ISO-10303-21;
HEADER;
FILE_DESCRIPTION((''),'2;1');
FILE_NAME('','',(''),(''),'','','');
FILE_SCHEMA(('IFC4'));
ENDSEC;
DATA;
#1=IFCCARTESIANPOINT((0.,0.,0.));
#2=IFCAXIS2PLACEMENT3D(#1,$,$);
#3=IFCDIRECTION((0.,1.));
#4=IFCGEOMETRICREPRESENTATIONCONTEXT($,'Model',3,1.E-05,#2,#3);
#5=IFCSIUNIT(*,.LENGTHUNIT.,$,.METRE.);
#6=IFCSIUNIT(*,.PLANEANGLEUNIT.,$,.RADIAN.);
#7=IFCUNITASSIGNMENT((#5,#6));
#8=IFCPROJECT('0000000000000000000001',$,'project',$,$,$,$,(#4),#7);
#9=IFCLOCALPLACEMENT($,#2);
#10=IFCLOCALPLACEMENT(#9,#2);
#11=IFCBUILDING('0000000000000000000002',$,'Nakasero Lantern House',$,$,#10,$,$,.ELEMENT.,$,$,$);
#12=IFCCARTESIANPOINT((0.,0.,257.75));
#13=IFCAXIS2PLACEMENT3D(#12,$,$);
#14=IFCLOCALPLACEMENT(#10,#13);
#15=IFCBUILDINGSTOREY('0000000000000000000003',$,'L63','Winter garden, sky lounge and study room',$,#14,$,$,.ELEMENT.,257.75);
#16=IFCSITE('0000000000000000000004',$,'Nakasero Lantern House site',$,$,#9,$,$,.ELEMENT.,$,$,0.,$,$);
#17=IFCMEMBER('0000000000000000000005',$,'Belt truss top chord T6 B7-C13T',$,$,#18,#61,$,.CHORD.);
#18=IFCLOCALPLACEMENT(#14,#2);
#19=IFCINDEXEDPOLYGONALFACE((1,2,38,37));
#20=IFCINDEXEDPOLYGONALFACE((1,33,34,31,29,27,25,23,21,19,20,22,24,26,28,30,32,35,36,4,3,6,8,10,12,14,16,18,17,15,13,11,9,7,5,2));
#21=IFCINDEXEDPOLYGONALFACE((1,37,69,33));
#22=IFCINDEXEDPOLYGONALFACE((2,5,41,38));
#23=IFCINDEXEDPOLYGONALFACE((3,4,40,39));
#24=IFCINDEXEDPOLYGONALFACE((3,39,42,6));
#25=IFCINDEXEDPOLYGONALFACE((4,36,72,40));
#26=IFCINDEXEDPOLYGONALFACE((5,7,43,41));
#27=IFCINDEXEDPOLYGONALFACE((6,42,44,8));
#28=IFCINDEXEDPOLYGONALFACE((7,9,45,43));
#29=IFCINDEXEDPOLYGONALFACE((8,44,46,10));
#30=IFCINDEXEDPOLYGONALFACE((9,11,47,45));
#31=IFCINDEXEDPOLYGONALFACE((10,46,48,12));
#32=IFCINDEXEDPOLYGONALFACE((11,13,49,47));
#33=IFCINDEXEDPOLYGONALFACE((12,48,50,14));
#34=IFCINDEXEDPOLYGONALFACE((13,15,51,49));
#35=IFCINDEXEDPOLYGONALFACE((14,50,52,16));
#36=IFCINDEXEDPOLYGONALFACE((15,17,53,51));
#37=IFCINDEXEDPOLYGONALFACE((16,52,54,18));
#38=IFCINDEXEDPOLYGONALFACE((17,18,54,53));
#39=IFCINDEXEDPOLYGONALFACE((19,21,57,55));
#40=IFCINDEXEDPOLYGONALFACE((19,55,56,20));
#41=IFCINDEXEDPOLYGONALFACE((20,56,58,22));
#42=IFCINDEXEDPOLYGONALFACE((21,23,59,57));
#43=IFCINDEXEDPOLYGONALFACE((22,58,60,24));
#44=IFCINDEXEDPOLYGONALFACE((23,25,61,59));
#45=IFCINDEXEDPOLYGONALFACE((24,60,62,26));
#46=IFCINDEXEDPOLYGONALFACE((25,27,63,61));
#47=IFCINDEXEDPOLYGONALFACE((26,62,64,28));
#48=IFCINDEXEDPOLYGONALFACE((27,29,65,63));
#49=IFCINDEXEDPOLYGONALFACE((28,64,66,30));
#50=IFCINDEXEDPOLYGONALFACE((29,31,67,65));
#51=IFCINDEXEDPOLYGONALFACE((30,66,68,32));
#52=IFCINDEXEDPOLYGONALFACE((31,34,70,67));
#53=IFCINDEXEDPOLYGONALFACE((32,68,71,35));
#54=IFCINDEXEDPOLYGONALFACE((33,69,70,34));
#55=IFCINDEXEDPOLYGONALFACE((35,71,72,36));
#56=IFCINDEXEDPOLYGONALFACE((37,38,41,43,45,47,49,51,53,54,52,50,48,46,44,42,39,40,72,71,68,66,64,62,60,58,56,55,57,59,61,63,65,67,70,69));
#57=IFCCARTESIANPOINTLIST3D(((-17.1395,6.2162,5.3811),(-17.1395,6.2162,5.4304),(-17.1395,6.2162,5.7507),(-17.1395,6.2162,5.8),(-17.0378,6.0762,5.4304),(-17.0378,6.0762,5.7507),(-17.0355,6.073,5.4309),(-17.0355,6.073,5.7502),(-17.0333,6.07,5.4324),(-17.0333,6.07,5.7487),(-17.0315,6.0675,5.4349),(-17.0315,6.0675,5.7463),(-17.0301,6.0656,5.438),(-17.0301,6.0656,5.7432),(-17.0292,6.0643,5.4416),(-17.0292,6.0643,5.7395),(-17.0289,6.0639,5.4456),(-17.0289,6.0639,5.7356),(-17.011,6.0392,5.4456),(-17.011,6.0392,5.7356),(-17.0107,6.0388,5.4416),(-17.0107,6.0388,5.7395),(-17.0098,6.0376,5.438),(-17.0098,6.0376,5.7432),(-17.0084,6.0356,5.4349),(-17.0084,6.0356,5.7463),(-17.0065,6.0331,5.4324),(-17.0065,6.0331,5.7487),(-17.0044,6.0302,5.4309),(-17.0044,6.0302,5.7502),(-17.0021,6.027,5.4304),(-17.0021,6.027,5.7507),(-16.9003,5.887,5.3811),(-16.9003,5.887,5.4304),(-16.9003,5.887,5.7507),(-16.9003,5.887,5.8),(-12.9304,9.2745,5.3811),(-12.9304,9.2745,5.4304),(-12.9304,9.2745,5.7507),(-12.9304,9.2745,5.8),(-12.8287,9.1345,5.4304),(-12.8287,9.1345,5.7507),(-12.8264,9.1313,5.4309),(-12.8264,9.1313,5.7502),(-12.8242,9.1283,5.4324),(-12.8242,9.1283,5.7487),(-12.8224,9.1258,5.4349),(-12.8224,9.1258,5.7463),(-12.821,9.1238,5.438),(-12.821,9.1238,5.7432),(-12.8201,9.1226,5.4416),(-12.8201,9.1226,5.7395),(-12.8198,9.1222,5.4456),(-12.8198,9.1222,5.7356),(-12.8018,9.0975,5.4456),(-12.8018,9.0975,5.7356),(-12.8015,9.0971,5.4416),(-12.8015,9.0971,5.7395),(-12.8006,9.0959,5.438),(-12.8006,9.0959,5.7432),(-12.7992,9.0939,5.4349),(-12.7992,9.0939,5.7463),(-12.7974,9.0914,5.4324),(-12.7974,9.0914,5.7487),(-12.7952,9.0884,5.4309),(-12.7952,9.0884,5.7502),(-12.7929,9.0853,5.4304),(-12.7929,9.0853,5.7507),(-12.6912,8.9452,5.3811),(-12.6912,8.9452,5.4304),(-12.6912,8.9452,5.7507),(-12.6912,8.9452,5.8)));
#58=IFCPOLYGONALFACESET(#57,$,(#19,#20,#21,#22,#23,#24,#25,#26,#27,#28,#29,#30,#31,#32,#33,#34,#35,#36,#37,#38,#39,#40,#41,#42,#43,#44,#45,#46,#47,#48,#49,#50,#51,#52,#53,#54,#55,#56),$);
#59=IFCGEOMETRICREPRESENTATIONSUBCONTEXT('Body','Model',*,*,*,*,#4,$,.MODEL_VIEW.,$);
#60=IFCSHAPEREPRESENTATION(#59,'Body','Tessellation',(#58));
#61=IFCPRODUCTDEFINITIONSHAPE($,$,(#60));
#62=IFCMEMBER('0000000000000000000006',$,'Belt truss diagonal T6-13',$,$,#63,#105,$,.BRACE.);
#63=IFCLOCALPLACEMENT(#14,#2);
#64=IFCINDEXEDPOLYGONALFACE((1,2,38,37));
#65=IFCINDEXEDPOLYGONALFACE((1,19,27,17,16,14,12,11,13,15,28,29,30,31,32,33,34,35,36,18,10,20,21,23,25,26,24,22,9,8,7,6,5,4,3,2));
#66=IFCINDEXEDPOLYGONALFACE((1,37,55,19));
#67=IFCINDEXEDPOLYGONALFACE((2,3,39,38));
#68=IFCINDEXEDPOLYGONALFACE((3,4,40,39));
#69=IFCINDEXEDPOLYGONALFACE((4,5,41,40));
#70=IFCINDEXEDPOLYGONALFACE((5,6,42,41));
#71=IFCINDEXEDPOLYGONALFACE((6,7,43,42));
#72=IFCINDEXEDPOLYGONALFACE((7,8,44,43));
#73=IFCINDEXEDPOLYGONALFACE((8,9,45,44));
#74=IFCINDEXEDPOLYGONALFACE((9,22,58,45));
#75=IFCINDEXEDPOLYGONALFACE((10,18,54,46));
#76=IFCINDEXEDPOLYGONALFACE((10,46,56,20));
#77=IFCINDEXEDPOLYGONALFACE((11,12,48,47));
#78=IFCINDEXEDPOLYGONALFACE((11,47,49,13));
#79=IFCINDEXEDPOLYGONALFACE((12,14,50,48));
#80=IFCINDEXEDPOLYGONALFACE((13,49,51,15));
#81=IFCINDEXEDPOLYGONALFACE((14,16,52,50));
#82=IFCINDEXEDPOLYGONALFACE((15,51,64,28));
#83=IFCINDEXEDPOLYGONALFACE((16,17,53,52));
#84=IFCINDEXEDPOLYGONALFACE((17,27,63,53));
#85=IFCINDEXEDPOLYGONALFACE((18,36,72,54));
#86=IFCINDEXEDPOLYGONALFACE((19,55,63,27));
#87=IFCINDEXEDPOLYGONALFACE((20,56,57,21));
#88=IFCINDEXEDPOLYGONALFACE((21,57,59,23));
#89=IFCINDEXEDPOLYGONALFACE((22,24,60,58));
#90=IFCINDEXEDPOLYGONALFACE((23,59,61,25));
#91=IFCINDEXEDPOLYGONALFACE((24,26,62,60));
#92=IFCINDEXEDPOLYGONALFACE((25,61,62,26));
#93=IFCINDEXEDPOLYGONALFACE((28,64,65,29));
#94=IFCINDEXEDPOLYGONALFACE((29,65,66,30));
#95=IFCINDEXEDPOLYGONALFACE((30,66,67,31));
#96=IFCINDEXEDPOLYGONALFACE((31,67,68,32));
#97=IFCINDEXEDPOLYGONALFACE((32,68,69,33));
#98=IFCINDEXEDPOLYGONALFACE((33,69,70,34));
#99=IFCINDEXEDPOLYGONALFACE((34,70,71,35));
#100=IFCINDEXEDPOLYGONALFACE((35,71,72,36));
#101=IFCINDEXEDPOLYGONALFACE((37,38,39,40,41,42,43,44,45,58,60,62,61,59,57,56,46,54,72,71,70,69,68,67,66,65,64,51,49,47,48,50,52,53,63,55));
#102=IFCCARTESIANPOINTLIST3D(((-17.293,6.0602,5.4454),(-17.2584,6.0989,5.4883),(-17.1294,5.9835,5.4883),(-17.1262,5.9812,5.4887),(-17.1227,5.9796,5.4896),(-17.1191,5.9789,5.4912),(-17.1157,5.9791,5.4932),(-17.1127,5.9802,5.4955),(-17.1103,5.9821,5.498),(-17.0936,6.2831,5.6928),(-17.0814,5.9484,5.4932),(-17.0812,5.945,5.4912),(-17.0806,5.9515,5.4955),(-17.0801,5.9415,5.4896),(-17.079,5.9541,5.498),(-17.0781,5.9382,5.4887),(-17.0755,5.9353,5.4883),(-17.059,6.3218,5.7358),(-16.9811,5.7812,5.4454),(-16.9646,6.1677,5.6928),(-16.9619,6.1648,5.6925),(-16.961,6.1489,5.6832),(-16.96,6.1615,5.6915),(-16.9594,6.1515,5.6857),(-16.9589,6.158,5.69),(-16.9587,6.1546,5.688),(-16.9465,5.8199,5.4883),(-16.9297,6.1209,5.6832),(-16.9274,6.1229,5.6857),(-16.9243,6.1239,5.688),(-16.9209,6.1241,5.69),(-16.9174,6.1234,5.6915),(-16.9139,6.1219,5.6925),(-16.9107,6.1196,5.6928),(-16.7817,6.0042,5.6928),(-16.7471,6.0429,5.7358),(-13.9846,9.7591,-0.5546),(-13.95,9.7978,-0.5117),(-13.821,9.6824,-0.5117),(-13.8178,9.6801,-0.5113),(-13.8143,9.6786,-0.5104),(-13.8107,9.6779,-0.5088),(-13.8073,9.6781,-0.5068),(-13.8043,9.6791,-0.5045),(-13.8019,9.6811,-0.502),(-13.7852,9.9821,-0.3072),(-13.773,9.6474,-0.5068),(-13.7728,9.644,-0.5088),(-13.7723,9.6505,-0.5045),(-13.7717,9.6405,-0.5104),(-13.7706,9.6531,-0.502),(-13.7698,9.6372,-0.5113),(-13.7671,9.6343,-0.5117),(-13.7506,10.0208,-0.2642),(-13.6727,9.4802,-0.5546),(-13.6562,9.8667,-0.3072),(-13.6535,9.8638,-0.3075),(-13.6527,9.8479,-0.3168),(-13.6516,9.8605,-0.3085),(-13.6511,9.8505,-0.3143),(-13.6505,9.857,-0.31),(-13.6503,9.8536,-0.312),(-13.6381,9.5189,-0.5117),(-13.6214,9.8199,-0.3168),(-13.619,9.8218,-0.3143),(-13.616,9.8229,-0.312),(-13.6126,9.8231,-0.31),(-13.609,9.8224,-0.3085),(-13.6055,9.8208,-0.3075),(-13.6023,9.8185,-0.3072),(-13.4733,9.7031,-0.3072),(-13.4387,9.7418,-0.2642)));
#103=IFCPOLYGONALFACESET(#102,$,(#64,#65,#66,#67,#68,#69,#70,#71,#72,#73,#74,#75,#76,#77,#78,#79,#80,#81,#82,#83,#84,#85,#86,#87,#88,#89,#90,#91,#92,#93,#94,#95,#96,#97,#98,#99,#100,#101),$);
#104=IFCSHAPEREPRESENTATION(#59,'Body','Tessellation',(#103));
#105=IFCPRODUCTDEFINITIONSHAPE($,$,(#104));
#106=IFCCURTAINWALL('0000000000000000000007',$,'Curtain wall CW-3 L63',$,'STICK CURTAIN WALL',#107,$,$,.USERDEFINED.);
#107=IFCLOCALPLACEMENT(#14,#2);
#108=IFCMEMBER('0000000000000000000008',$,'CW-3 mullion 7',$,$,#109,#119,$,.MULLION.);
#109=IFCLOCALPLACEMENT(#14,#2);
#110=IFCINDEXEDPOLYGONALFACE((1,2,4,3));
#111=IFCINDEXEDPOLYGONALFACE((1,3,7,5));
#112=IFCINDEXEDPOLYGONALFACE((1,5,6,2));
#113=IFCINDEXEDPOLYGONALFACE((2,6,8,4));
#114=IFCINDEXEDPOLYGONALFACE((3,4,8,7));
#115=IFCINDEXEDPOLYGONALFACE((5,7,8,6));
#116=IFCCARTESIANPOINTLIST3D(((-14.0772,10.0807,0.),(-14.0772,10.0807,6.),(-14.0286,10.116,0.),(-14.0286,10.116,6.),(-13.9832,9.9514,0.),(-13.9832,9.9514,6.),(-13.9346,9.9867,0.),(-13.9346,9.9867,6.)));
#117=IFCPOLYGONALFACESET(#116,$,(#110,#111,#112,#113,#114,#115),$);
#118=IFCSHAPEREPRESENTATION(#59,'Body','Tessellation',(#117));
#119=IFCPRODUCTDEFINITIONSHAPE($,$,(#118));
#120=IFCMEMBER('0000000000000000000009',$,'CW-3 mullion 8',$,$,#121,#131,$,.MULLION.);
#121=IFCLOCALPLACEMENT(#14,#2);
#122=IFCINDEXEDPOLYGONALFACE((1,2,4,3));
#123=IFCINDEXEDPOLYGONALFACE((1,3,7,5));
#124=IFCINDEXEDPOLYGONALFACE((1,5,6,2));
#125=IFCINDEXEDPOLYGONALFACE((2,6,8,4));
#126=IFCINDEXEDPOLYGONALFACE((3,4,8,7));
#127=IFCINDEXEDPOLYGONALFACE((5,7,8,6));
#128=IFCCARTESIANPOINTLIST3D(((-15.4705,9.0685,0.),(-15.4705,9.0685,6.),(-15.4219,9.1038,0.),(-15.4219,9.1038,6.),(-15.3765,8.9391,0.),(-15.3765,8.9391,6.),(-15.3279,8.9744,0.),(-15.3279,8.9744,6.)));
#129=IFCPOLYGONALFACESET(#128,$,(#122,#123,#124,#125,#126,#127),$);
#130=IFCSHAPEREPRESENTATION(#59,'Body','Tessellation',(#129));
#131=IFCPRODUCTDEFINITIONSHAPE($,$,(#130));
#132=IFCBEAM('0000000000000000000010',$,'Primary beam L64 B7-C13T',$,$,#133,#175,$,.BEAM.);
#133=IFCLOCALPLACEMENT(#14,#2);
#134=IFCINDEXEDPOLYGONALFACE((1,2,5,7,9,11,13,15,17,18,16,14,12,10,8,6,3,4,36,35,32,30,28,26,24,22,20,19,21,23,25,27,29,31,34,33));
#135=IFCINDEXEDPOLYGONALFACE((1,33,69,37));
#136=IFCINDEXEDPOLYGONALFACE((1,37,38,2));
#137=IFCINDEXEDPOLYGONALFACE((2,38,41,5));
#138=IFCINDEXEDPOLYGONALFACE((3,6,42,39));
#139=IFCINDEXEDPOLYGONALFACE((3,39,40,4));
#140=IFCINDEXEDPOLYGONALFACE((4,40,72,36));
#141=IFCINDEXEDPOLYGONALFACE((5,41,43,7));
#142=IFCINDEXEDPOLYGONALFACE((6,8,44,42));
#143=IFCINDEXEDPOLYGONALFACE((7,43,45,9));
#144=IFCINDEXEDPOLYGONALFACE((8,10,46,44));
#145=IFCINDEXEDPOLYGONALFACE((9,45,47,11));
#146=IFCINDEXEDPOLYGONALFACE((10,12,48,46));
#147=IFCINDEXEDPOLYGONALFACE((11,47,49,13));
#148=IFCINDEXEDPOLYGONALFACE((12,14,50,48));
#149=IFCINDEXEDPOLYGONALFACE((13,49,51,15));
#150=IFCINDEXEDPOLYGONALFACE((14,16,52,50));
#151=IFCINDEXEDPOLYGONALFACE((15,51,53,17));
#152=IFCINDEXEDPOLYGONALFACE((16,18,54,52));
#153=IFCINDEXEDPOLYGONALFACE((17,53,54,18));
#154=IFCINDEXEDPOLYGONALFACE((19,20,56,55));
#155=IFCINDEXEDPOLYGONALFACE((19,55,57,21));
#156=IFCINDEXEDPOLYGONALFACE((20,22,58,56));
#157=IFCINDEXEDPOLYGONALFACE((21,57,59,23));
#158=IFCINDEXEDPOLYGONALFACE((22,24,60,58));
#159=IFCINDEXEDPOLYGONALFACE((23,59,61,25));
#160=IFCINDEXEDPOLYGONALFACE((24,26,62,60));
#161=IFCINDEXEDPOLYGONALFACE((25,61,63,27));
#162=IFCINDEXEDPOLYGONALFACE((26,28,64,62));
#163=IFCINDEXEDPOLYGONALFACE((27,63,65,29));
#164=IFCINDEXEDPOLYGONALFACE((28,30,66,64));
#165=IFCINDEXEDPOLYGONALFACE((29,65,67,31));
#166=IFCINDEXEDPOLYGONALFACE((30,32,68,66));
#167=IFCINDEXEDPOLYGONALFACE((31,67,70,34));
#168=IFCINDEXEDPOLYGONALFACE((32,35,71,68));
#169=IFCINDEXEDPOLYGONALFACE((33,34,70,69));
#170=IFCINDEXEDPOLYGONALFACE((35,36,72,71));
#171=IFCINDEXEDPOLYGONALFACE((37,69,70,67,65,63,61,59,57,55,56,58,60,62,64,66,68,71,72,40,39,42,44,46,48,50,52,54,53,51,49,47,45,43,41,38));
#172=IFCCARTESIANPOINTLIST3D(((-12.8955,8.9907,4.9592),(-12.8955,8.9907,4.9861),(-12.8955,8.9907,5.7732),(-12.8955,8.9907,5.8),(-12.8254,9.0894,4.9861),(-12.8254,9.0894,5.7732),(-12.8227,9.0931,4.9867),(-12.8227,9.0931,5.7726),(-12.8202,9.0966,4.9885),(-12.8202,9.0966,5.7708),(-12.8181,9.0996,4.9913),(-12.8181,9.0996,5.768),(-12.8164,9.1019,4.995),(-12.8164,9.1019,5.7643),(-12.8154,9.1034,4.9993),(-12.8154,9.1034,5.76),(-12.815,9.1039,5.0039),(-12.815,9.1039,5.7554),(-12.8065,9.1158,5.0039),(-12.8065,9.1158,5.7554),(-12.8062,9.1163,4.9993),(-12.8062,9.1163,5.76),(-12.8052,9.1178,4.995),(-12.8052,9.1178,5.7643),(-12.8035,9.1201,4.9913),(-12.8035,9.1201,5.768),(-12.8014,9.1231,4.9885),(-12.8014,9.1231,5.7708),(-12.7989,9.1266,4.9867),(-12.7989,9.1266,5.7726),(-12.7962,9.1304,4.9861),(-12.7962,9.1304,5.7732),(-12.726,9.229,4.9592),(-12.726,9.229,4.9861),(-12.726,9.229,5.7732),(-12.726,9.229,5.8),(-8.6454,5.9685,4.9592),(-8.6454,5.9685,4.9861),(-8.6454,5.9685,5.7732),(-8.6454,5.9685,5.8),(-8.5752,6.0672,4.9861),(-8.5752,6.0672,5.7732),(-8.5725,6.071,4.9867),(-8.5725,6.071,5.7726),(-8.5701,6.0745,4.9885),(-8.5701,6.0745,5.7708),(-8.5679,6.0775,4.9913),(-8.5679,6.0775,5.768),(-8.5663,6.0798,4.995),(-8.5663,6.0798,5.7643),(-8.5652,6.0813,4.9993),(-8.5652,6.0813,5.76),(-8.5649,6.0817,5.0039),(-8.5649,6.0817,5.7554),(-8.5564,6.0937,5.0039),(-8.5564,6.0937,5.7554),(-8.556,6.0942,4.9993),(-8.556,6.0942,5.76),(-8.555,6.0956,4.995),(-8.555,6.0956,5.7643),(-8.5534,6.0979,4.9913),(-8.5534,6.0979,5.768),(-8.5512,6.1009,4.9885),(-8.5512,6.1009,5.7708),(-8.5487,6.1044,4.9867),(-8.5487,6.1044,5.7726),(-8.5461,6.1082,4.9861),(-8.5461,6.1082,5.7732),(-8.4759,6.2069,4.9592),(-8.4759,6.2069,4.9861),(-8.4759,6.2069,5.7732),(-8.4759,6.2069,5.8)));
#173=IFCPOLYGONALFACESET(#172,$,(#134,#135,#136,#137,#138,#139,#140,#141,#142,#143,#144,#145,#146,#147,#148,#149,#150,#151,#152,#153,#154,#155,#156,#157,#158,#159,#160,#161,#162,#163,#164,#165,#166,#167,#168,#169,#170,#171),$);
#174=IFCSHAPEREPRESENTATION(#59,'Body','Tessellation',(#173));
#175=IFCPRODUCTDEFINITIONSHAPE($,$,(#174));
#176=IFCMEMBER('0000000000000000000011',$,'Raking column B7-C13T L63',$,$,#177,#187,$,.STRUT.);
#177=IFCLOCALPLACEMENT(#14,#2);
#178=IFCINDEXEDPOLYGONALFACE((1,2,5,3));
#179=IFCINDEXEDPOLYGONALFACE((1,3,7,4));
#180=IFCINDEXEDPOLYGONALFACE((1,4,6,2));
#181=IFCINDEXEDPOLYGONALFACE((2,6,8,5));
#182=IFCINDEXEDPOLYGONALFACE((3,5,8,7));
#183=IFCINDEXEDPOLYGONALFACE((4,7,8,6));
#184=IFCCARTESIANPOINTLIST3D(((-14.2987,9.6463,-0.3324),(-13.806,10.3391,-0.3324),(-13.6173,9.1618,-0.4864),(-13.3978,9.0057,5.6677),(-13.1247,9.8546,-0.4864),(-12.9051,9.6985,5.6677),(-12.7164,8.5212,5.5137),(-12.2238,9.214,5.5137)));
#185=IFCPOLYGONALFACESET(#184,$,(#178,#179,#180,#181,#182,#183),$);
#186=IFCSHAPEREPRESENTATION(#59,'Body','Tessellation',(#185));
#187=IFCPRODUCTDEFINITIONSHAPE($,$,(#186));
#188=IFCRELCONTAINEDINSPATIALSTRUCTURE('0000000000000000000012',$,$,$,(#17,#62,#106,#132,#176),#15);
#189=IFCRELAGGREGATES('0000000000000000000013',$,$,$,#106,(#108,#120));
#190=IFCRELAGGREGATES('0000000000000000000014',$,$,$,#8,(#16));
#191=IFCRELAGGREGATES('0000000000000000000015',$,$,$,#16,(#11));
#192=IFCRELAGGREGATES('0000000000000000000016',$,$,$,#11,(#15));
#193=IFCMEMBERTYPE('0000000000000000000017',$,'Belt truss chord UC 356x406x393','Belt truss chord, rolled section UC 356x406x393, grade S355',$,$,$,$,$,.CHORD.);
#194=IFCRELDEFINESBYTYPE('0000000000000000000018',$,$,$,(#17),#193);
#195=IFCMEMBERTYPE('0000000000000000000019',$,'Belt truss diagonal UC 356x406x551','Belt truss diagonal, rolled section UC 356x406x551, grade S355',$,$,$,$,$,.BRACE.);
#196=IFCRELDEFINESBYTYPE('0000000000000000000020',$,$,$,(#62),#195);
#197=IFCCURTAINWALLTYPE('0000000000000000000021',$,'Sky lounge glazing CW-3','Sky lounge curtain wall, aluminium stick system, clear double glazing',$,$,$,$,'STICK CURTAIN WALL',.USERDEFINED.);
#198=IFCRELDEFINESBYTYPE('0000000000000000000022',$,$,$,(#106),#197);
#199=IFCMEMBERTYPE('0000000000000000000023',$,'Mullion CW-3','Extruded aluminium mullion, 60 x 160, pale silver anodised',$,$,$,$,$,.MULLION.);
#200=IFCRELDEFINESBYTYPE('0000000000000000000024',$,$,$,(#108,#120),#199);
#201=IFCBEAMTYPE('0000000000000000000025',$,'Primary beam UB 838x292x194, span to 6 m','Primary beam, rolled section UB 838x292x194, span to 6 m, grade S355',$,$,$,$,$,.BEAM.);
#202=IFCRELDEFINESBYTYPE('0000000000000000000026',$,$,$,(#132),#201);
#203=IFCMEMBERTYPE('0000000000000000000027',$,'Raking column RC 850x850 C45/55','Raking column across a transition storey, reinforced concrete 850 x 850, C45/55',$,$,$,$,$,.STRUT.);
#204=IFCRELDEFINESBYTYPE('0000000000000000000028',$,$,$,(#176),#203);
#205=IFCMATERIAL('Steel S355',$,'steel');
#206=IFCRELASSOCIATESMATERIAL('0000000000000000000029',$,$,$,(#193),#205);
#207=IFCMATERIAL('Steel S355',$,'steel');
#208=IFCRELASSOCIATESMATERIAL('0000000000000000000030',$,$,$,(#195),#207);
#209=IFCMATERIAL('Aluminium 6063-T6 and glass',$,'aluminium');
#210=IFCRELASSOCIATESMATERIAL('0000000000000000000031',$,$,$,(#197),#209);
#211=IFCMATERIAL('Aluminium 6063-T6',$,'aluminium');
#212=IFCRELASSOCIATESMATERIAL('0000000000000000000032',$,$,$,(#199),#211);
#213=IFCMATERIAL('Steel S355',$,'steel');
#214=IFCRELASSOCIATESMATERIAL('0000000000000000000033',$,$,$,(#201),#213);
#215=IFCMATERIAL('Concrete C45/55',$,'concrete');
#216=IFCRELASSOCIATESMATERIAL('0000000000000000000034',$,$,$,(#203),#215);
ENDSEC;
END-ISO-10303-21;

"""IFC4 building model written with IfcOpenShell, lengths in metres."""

from ifc_helpers import new_model, si_unit, direction, frame, origin, origin_2d, place, context, subcontext, project, spatial, rectangle, i_section, extrude, material, material_profile, profile_set, type_object, element, aggregate, save


model = new_model("IFC4")

# Units and contexts
model_context = context("Model", 3, precision=1e-05, world=origin(), true_north=direction((0.0, 1.0)))
body_context = subcontext(model_context, "Body", "Model", "MODEL_VIEW")
ifc_project = project(units=[si_unit("LENGTHUNIT", "METRE"), si_unit("PLANEANGLEUNIT", "RADIAN")], contexts=[model_context])

# Site, building, storey
site_placement = place(None, origin())
site = spatial("IfcSite", under=ifc_project, at=site_placement, Name="Nakasero Lantern House site", CompositionType="ELEMENT", RefElevation=0.0)
building_placement = place(site_placement, origin())
building = spatial("IfcBuilding", under=site, at=building_placement, Name="Nakasero Lantern House", CompositionType="ELEMENT")
storey_placement = place(building_placement, frame((0.0, 0.0, 257.75)))
storey = spatial("IfcBuildingStorey", under=building, at=storey_placement, Name="L63", Description="Winter garden, sky lounge and study room", CompositionType="ELEMENT", Elevation=257.75)

# Members
ifc_material_1 = material(Name="Steel S355", Category="steel")
ifc_material_profile_1 = material_profile(ifc_material_1, i_section(OverallWidth=0.407, OverallDepth=0.4189, WebThickness=0.0305, FlangeThickness=0.0493, FilletRadius=0.0151, at=origin_2d()), Name="UC 356x406x393")
ifc_profile_set_1 = profile_set([ifc_material_profile_1], Name="Steel S355")
member_type_1 = type_object("IfcMemberType", Name="Belt truss chord UC 356x406x393", Description="Belt truss chord, rolled section UC 356x406x393, grade S355", PredefinedType="CHORD", material=ifc_profile_set_1)
member_1_placement = place(storey_placement, frame((-12.8108, 9.1099, 5.5906), z_axis=(-0.809002, -0.587806, 0.0), x_axis=(0.587806, -0.809002, 0.0)))
element("IfcMember", 1, at=member_1_placement, inside=storey, type_object=member_type_1, Name="Belt truss top chord T6 B7-C13T", PredefinedType="CHORD", context=body_context, shape_type="SweptSolid", body=[
    extrude(i_section(OverallWidth=0.407, OverallDepth=0.4189, WebThickness=0.0305, FlangeThickness=0.0493, FilletRadius=0.0151, at=origin_2d()), origin(), (0.0, 0.0, 1.0), 5.2029),
])
ifc_material_2 = material(Name="Steel S355", Category="steel")
ifc_material_profile_2 = material_profile(ifc_material_2, i_section(OverallWidth=0.4185, OverallDepth=0.4556, WebThickness=0.042, FlangeThickness=0.0674, FilletRadius=0.0151, at=origin_2d()), Name="UC 356x406x551")
ifc_profile_set_2 = profile_set([ifc_material_profile_2], Name="Steel S355")
member_type_2 = type_object("IfcMemberType", Name="Belt truss diagonal UC 356x406x551", Description="Belt truss diagonal, rolled section UC 356x406x551, grade S355", PredefinedType="BRACE", material=ifc_profile_set_2)
member_2_placement = place(storey_placement, frame((-13.7117, 9.7505, -0.4094), z_axis=(-0.42489, -0.475058, 0.770577), x_axis=(0.745367, -0.666654, 0.0)))
element("IfcMember", 2, at=member_2_placement, inside=storey, type_object=member_type_2, Name="Belt truss diagonal T6-13", PredefinedType="BRACE", context=body_context, shape_type="SweptSolid", body=[
    extrude(i_section(OverallWidth=0.4185, OverallDepth=0.4556, WebThickness=0.042, FlangeThickness=0.0674, FilletRadius=0.0151, at=origin_2d()), origin(), (0.0, 0.0, 1.0), 7.7864),
])

# Curtain wall, members
ifc_material_3 = material(Name="Aluminium 6063-T6 and glass", Category="aluminium")
curtain_wall_type = type_object("IfcCurtainWallType", Name="Sky lounge glazing CW-3", Description="Sky lounge curtain wall, aluminium stick system, clear double glazing", ElementType="STICK CURTAIN WALL", PredefinedType="USERDEFINED", material=ifc_material_3)
curtain_wall_placement = place(storey_placement, origin())
curtain_wall = element("IfcCurtainWall", 3, at=curtain_wall_placement, inside=storey, type_object=curtain_wall_type, Name="Curtain wall CW-3 L63", ObjectType="STICK CURTAIN WALL", PredefinedType="USERDEFINED")
ifc_material_4 = material(Name="Aluminium 6063-T6", Category="aluminium")
ifc_material_profile_3 = material_profile(ifc_material_4, rectangle(XDim=0.0601, YDim=0.1599, at=origin_2d()), Name="CW-3 mullion 60x160")
ifc_profile_set_3 = profile_set([ifc_material_profile_3], Name="Aluminium 6063-T6")
member_type_3 = type_object("IfcMemberType", Name="Mullion CW-3", Description="Extruded aluminium mullion, 60 x 160, pale silver anodised", PredefinedType="MULLION", material=ifc_profile_set_3)
member_3_placement = place(storey_placement, frame((-14.0059, 10.0337, 0.0), z_axis=(0.0, 0.0, 1.0), x_axis=(-0.809017, -0.587785, 0.0)))
member_3 = element("IfcMember", 4, at=member_3_placement, type_object=member_type_3, Name="CW-3 mullion 7", PredefinedType="MULLION", context=body_context, shape_type="SweptSolid", body=[
    extrude(rectangle(XDim=0.0601, YDim=0.1599, at=origin_2d()), origin(), (0.0, 0.0, 1.0), 6.0),
])
member_4_placement = place(storey_placement, frame((-15.3992, 9.0215, 0.0), z_axis=(0.0, 0.0, 1.0), x_axis=(-0.809017, -0.587785, 0.0)))
member_4 = element("IfcMember", 5, at=member_4_placement, type_object=member_type_3, Name="CW-3 mullion 8", PredefinedType="MULLION", context=body_context, shape_type="SweptSolid", body=[
    extrude(rectangle(XDim=0.0601, YDim=0.1599, at=origin_2d()), origin(), (0.0, 0.0, 1.0), 6.0),
])

# Beam
ifc_material_5 = material(Name="Steel S355", Category="steel")
ifc_material_profile_4 = material_profile(ifc_material_5, i_section(OverallWidth=0.2925, OverallDepth=0.8408, WebThickness=0.0146, FlangeThickness=0.0269, FilletRadius=0.0178, at=origin_2d()), Name="UB 838x292x194")
ifc_profile_set_4 = profile_set([ifc_material_profile_4], Name="Steel S355")
beam_type = type_object("IfcBeamType", Name="Primary beam UB 838x292x194, span to 6 m", Description="Primary beam, rolled section UB 838x292x194, span to 6 m, grade S355", PredefinedType="BEAM", material=ifc_profile_set_4)
beam_placement = place(storey_placement, frame((-12.8108, 9.1099, 5.3796), z_axis=(0.814972, -0.579501, 0.0), x_axis=(0.579501, 0.814972, 0.0)))
element("IfcBeam", 6, at=beam_placement, inside=storey, type_object=beam_type, Name="Primary beam L64 B7-C13T", PredefinedType="BEAM", context=body_context, shape_type="SweptSolid", body=[
    extrude(i_section(OverallWidth=0.2925, OverallDepth=0.8408, WebThickness=0.0146, FlangeThickness=0.0269, FilletRadius=0.0178, at=origin_2d()), origin(), (0.0, 0.0, 1.0), 5.2151),
])

# Member
ifc_material_6 = material(Name="Concrete C45/55", Category="concrete")
ifc_material_profile_5 = material_profile(ifc_material_6, rectangle(XDim=0.8501, YDim=0.8501, at=origin_2d()), Name="RC 850x850")
ifc_profile_set_5 = profile_set([ifc_material_profile_5], Name="Concrete C45/55")
member_type_4 = type_object("IfcMemberType", Name="Raking column RC 850x850 C45/55", Description="Raking column across a transition storey, reinforced concrete 850 x 850, C45/55", PredefinedType="STRUT", material=ifc_profile_set_5)
member_5_placement = place(storey_placement, frame((-13.7117, 9.7505, -0.4094), z_axis=(0.147661, -0.105004, 0.983448), x_axis=(0.579524, 0.814955, 0.0)))
element("IfcMember", 7, at=member_5_placement, inside=storey, type_object=member_type_4, Name="Raking column B7-C13T L63", PredefinedType="STRUT", context=body_context, shape_type="SweptSolid", body=[
    extrude(rectangle(XDim=0.8501, YDim=0.8501, at=origin_2d()), origin(), (0.0, 0.0, 1.0), 6.1011),
])

aggregate(curtain_wall, [member_3, member_4])

save(model, "model.ifc")
